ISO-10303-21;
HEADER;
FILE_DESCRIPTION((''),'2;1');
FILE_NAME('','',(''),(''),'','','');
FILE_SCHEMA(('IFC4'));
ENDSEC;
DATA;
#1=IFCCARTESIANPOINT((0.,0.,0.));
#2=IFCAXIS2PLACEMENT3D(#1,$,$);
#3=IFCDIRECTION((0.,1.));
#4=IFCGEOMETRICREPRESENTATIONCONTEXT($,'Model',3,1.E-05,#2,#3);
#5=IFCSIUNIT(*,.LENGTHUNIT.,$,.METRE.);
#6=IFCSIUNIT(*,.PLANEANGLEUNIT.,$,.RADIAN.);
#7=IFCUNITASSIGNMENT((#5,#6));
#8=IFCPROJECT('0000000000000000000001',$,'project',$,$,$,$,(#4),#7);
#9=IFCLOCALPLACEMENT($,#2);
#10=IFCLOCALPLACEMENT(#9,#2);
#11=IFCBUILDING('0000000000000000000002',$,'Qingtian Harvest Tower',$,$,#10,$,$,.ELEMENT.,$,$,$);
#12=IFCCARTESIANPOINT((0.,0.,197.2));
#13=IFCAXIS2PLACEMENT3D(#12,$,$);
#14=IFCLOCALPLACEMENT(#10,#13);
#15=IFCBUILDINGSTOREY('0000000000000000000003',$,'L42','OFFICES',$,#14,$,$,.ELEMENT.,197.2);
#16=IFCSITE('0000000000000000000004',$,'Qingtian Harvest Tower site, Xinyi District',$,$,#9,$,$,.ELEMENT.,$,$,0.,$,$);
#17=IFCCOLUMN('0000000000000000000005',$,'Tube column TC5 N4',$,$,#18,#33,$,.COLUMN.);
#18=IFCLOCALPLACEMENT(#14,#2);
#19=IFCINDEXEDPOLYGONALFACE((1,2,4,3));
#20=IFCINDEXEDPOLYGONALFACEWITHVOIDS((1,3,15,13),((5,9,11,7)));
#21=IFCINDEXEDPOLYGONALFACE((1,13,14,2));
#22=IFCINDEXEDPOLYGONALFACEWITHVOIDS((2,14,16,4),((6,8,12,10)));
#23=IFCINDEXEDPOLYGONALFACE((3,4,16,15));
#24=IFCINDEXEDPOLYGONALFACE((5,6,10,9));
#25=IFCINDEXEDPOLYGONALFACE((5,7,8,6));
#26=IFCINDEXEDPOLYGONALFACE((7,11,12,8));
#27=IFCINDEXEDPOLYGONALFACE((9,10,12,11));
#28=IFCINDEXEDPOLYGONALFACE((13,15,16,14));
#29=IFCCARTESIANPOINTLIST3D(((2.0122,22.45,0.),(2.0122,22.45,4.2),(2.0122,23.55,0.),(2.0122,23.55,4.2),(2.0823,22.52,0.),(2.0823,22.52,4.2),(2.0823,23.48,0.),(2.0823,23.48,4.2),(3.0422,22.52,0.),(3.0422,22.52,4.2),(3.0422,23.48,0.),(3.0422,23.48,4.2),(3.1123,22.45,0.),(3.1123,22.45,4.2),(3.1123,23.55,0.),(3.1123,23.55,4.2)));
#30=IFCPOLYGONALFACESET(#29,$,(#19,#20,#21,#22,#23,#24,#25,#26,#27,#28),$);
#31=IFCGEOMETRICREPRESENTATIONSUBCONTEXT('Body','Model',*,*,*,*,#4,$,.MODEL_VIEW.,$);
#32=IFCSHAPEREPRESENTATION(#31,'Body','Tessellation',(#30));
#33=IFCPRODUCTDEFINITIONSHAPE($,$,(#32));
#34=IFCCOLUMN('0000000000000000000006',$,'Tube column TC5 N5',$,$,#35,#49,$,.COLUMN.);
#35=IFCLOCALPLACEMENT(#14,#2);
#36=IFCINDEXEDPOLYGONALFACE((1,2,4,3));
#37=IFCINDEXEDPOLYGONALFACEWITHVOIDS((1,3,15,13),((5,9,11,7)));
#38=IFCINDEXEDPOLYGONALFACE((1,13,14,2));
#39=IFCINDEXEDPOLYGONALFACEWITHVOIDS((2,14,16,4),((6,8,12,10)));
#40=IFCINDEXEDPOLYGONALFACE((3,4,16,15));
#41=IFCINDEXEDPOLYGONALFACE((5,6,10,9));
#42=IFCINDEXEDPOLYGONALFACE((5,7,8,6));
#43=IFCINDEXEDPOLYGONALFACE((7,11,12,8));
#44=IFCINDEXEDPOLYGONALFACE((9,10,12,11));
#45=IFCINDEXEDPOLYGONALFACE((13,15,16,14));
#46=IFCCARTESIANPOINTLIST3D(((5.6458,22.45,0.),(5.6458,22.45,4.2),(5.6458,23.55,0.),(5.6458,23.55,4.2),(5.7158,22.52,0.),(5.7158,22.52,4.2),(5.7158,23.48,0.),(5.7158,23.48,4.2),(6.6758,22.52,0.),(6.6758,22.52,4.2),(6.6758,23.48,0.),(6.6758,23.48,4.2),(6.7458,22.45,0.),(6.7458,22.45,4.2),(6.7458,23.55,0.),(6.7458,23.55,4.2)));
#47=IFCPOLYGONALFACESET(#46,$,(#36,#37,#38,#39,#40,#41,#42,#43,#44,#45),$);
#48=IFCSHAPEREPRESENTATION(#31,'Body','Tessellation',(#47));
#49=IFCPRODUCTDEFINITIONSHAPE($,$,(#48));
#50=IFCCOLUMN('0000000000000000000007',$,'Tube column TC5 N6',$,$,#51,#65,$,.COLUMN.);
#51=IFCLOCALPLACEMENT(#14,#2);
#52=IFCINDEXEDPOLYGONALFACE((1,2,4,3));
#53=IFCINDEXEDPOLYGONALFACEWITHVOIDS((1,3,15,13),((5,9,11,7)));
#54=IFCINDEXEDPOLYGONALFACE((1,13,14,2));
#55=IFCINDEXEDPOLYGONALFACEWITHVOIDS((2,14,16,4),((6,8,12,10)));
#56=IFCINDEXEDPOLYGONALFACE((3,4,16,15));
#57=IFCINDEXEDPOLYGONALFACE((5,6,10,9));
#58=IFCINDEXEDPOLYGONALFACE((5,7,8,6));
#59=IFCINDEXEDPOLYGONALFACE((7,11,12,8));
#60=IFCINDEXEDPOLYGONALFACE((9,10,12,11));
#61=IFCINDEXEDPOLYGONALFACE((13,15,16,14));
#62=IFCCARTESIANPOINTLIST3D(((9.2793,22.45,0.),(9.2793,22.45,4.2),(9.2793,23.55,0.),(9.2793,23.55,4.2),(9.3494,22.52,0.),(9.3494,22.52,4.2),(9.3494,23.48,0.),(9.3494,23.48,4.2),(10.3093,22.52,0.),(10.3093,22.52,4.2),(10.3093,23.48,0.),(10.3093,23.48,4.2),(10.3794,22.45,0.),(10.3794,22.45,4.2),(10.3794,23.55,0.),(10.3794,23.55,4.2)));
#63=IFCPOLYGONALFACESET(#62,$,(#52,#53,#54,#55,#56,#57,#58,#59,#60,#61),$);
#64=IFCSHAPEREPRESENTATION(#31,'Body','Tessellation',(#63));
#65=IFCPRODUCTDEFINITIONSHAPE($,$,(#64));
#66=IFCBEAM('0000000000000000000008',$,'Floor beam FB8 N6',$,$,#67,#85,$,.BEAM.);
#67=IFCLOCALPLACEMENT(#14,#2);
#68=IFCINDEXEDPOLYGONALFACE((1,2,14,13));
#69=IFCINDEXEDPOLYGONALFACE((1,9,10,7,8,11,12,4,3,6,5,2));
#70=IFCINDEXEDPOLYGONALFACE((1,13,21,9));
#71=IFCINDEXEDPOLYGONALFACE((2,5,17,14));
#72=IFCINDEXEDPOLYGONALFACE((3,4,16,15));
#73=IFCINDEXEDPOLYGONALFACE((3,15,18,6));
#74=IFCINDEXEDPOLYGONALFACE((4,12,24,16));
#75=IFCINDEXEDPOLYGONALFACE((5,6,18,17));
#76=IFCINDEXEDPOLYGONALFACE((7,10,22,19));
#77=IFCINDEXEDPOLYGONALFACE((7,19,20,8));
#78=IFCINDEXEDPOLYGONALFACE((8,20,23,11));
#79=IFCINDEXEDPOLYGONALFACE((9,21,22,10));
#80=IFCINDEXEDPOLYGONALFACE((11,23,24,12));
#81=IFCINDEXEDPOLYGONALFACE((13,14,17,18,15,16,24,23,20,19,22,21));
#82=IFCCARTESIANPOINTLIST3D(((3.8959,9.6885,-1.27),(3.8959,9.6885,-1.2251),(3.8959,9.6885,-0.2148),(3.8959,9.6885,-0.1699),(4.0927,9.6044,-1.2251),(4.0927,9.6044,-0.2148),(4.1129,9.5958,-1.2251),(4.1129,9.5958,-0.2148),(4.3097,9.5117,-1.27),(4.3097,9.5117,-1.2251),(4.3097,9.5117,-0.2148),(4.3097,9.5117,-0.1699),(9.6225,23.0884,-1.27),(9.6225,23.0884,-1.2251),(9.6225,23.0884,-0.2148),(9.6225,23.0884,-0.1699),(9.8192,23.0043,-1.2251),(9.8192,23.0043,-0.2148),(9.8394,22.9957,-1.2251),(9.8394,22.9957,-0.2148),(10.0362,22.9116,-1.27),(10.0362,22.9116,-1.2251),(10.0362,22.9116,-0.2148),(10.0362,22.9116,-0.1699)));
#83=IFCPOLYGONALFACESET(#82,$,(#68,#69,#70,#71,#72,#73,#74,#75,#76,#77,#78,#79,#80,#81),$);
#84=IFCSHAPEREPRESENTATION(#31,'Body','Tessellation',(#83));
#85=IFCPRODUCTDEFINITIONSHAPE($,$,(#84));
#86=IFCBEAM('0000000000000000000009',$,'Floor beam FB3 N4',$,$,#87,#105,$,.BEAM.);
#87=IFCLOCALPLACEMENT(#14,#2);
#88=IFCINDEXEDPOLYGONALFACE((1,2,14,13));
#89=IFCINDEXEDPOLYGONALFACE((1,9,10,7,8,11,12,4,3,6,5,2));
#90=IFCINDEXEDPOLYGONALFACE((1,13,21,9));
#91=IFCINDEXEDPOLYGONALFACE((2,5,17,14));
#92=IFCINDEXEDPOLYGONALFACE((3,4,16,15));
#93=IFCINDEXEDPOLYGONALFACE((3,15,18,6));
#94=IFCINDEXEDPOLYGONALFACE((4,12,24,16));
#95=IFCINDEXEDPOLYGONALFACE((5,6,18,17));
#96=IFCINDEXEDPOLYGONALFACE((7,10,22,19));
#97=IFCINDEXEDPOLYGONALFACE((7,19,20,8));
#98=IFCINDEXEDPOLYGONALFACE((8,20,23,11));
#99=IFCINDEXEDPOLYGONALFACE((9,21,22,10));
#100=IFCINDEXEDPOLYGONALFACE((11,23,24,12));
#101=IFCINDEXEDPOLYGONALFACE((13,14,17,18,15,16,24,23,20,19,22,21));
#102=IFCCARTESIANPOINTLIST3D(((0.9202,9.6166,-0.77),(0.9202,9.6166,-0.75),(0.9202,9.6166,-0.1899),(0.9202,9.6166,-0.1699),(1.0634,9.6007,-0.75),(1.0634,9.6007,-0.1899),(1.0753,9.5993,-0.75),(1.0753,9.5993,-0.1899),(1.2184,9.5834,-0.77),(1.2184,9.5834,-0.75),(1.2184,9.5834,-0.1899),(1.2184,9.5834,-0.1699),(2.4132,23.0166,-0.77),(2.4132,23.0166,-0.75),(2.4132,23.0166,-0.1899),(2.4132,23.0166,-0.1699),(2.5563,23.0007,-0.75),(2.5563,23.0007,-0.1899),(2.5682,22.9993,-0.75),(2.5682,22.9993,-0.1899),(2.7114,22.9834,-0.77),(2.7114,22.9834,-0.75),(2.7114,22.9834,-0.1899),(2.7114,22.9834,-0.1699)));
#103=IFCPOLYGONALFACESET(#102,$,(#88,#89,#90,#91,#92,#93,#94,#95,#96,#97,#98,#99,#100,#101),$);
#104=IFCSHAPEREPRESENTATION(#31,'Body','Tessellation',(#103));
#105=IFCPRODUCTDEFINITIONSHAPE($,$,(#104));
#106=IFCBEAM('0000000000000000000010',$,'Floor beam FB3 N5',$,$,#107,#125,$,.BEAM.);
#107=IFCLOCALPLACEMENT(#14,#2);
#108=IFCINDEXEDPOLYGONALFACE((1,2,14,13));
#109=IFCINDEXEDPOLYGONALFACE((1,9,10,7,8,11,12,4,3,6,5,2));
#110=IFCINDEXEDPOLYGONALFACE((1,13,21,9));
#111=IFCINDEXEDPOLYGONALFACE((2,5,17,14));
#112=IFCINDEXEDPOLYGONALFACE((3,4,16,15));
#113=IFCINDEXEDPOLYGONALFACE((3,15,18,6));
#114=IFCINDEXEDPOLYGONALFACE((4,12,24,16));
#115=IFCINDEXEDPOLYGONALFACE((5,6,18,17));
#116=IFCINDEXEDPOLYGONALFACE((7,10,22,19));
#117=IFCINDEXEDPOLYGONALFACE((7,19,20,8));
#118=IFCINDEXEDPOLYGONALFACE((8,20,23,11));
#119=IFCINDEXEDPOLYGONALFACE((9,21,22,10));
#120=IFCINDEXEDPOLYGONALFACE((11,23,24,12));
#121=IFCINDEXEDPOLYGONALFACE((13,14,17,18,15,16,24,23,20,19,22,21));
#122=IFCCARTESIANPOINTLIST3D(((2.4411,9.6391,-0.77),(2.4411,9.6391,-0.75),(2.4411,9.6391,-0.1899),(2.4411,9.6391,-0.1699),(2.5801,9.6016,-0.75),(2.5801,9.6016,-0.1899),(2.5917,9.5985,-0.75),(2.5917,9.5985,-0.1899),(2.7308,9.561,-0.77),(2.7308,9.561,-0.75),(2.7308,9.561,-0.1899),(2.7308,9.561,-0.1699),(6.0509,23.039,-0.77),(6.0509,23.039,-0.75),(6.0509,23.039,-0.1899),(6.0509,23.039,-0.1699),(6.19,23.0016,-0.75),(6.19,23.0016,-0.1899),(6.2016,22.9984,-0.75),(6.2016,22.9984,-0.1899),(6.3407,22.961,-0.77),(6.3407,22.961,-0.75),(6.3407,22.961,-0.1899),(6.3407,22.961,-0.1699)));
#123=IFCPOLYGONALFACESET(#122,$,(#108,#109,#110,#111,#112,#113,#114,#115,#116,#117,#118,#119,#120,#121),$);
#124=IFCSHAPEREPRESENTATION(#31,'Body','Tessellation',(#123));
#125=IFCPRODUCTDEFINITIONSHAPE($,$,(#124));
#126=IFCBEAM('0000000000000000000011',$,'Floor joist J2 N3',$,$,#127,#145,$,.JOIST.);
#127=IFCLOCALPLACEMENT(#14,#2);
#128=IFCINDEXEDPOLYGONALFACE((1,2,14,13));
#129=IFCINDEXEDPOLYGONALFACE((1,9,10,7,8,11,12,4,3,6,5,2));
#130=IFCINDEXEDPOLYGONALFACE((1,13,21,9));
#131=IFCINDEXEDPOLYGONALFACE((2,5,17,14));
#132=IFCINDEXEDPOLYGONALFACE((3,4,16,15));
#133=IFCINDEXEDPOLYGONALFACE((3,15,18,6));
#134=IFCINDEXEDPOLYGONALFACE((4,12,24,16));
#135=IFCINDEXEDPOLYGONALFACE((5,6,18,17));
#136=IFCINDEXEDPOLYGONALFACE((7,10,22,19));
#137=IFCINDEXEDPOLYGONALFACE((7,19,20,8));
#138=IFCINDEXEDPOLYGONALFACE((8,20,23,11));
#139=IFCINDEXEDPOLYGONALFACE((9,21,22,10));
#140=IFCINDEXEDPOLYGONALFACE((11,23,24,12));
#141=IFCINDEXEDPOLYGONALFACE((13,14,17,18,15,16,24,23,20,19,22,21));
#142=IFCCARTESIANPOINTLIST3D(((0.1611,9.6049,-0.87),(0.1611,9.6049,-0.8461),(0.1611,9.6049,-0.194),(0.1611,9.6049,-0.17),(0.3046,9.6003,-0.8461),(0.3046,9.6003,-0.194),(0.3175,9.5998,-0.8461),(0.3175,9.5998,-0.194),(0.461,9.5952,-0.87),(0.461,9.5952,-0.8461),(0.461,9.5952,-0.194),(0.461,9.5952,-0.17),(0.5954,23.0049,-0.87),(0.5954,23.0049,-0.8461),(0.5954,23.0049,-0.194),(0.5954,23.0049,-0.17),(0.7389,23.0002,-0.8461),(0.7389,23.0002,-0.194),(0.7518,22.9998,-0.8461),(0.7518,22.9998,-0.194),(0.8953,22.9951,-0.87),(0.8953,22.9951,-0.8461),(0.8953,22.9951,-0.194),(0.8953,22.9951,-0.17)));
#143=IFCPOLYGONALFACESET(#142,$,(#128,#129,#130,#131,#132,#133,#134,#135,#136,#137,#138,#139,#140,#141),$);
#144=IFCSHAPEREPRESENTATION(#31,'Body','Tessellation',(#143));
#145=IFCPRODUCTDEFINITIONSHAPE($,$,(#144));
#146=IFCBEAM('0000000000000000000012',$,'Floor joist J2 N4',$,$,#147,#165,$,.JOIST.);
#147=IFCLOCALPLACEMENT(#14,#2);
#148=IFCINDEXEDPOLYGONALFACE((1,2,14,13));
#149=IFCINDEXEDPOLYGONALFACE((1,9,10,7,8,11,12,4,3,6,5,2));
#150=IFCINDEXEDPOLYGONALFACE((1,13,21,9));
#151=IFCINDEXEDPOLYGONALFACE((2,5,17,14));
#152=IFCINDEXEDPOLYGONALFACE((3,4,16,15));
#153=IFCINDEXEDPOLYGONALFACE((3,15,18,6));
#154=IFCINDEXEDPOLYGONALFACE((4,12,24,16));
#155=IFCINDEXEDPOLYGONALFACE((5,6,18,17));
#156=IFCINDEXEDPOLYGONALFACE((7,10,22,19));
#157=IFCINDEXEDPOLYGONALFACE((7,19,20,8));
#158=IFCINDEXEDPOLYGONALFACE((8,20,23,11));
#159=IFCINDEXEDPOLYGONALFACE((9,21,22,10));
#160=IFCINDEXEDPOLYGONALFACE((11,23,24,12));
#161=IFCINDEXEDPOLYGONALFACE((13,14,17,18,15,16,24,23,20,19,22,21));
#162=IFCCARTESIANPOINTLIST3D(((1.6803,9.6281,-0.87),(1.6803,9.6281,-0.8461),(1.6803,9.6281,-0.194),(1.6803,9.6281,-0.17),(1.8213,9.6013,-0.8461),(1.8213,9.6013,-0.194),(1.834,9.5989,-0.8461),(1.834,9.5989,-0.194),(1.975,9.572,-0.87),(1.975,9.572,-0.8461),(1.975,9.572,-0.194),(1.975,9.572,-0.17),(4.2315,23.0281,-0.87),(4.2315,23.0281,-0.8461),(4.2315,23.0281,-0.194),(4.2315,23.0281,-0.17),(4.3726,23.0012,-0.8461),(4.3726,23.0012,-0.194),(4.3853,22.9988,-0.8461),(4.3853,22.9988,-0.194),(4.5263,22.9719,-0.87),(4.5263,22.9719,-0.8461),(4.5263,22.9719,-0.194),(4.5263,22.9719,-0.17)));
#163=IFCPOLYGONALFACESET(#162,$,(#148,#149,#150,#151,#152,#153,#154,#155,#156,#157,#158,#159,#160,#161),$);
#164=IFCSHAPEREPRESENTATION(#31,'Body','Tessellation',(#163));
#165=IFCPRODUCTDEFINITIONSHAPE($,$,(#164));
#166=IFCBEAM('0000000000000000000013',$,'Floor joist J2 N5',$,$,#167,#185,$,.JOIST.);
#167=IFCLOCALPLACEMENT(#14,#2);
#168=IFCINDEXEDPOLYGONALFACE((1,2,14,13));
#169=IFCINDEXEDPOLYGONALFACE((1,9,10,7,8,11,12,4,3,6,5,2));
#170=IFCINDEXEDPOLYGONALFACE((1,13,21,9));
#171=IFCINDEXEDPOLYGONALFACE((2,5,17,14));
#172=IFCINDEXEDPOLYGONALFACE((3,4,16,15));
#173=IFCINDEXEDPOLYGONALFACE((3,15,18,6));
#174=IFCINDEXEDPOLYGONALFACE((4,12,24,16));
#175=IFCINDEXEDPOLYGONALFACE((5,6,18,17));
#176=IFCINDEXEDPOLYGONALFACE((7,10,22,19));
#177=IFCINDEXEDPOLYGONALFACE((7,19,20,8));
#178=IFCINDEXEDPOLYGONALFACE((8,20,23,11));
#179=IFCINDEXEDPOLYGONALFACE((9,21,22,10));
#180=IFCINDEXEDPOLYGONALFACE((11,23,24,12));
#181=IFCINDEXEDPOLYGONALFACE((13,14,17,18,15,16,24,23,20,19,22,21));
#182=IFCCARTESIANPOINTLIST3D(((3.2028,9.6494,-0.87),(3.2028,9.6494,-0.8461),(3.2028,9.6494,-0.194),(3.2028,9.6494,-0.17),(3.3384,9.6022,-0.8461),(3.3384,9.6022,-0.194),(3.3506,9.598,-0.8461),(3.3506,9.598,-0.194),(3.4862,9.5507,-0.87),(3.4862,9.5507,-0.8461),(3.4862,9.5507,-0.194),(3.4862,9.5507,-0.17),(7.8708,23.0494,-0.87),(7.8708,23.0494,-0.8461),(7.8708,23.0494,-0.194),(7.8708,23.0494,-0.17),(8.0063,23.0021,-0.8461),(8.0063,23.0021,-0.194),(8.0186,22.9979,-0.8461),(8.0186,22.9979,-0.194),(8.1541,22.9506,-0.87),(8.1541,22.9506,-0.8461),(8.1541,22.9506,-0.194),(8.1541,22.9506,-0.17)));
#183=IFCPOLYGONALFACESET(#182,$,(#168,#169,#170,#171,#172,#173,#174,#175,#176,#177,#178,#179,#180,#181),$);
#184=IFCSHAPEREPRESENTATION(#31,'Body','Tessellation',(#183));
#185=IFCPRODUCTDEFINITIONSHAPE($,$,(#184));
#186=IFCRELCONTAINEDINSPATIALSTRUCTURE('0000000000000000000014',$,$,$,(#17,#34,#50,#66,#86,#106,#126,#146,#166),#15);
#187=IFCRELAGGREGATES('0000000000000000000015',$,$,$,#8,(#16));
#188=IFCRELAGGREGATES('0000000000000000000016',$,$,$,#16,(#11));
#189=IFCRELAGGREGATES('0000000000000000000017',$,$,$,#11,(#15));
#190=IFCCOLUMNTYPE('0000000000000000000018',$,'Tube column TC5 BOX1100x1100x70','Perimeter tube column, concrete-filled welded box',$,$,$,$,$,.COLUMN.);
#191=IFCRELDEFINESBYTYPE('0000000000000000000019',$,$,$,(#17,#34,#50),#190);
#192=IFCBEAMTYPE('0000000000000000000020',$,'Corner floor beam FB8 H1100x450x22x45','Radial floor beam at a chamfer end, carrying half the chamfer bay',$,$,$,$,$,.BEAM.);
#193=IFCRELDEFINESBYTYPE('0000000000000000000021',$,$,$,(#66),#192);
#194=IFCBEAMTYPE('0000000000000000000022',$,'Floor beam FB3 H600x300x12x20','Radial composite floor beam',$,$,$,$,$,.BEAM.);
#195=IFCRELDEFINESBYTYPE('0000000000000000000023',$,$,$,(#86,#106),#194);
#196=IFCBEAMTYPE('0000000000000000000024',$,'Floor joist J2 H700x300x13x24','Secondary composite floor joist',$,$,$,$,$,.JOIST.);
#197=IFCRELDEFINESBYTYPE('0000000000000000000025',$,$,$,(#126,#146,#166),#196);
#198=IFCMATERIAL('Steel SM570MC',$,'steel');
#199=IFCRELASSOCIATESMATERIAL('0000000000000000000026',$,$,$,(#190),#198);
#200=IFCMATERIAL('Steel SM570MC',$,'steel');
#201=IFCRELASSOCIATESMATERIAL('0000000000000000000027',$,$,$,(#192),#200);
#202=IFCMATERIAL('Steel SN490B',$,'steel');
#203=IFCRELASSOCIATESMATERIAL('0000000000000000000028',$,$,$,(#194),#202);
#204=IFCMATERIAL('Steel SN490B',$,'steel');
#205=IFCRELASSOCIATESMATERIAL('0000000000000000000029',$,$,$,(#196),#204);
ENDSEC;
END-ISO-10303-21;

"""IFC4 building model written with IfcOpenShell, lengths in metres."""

from ifc_helpers import new_model, si_unit, direction, frame, origin, origin_2d, place, context, subcontext, project, spatial, hollow_rectangle, i_section, extrude, material, material_profile, profile_set, type_object, element, save


model = new_model("IFC4")

# Units and contexts
model_context = context("Model", 3, precision=1e-05, world=origin(), true_north=direction((0.0, 1.0)))
body_context = subcontext(model_context, "Body", "Model", "MODEL_VIEW")
ifc_project = project(units=[si_unit("LENGTHUNIT", "METRE"), si_unit("PLANEANGLEUNIT", "RADIAN")], contexts=[model_context])

# Site, building, storey
site_placement = place(None, origin())
site = spatial("IfcSite", under=ifc_project, at=site_placement, Name="Qingtian Harvest Tower site, Xinyi District", CompositionType="ELEMENT", RefElevation=0.0)
building_placement = place(site_placement, origin())
building = spatial("IfcBuilding", under=site, at=building_placement, Name="Qingtian Harvest Tower", CompositionType="ELEMENT")
storey_placement = place(building_placement, frame((0.0, 0.0, 197.2)))
storey = spatial("IfcBuildingStorey", under=building, at=storey_placement, Name="L42", Description="OFFICES", CompositionType="ELEMENT", Elevation=197.2)

# Columns
ifc_material_1 = material(Name="Steel SM570MC", Category="steel")
ifc_material_profile_1 = material_profile(ifc_material_1, hollow_rectangle(XDim=1.1001, YDim=1.1001, WallThickness=0.0701, at=origin_2d()), Name="BOX1100x1100x70")
ifc_profile_set_1 = profile_set([ifc_material_profile_1], Name="Steel SM570MC")
column_type = type_object("IfcColumnType", Name="Tube column TC5 BOX1100x1100x70", Description="Perimeter tube column, concrete-filled welded box", PredefinedType="COLUMN", material=ifc_profile_set_1)
for number, where, z_axis, x_axis, name in (
    (1, (2.5623, 23.0, 0.0), (0.0, 0.0, 1.0), (-1.0, 0.0, 0.0), "Tube column TC5 N4"),
    (2, (6.1958, 23.0, 0.0), (0.0, 0.0, 1.0), (-1.0, 0.0, 0.0), "Tube column TC5 N5"),
    (3, (9.8293, 23.0, 0.0), (0.0, 0.0, 1.0), (-1.0, 0.0, 0.0), "Tube column TC5 N6"),
):
    element("IfcColumn", number, at=place(storey_placement, frame(where, z_axis=z_axis, x_axis=x_axis)), inside=storey, type_object=column_type, Name=name, PredefinedType="COLUMN", context=body_context, shape_type="SweptSolid", body=[
        extrude(hollow_rectangle(XDim=1.1001, YDim=1.1001, WallThickness=0.0701, at=origin_2d()), origin(), (0.0, 0.0, 1.0), 4.2),
    ])

# Beams
ifc_material_2 = material(Name="Steel SM570MC", Category="steel")
ifc_material_profile_2 = material_profile(ifc_material_2, i_section(OverallWidth=0.45, OverallDepth=1.1001, WebThickness=0.022, FlangeThickness=0.0449, at=origin_2d()), Name="H1100x450x22x45")
ifc_profile_set_2 = profile_set([ifc_material_profile_2], Name="Steel SM570MC")
beam_type_1 = type_object("IfcBeamType", Name="Corner floor beam FB8 H1100x450x22x45", Description="Radial floor beam at a chamfer end, carrying half the chamfer bay", PredefinedType="BEAM", material=ifc_profile_set_2)
beam_1_placement = place(storey_placement, frame((9.8293, 23.0, -0.72), z_axis=(-0.392977, -0.919548, 0.0), x_axis=(0.919548, -0.392977, 0.0)))
element("IfcBeam", 4, at=beam_1_placement, inside=storey, type_object=beam_type_1, Name="Floor beam FB8 N6", PredefinedType="BEAM", context=body_context, shape_type="SweptSolid", body=[
    extrude(i_section(OverallWidth=0.45, OverallDepth=1.1001, WebThickness=0.022, FlangeThickness=0.0449, at=origin_2d()), origin(), (0.0, 0.0, 1.0), 14.5723),
])
ifc_material_3 = material(Name="Steel SN490B", Category="steel")
ifc_material_profile_3 = material_profile(ifc_material_3, i_section(OverallWidth=0.3, OverallDepth=0.6001, WebThickness=0.012, FlangeThickness=0.02, at=origin_2d()), Name="H600x300x12x20")
ifc_profile_set_3 = profile_set([ifc_material_profile_3], Name="Steel SN490B")
beam_type_2 = type_object("IfcBeamType", Name="Floor beam FB3 H600x300x12x20", Description="Radial composite floor beam", PredefinedType="BEAM", material=ifc_profile_set_3)
beam_2_placement = place(storey_placement, frame((2.5623, 23.0, -0.47), z_axis=(-0.110728, -0.993851, 0.0), x_axis=(0.993851, -0.110728, 0.0)))
element("IfcBeam", 5, at=beam_2_placement, inside=storey, type_object=beam_type_2, Name="Floor beam FB3 N4", PredefinedType="BEAM", context=body_context, shape_type="SweptSolid", body=[
    extrude(i_section(OverallWidth=0.3, OverallDepth=0.6001, WebThickness=0.012, FlangeThickness=0.02, at=origin_2d()), origin(), (0.0, 0.0, 1.0), 13.4829),
])
beam_3_placement = place(storey_placement, frame((6.1958, 23.0, -0.47), z_axis=(-0.260121, -0.965576, 0.0), x_axis=(0.965576, -0.260121, 0.0)))
element("IfcBeam", 6, at=beam_3_placement, inside=storey, type_object=beam_type_2, Name="Floor beam FB3 N5", PredefinedType="BEAM", context=body_context, shape_type="SweptSolid", body=[
    extrude(i_section(OverallWidth=0.3, OverallDepth=0.6001, WebThickness=0.012, FlangeThickness=0.02, at=origin_2d()), origin(), (0.0, 0.0, 1.0), 13.8777),
])
ifc_material_4 = material(Name="Steel SN490B", Category="steel")
ifc_material_profile_4 = material_profile(ifc_material_4, i_section(OverallWidth=0.3, OverallDepth=0.7, WebThickness=0.0129, FlangeThickness=0.0239, at=origin_2d()), Name="H700x300x13x24")
ifc_profile_set_4 = profile_set([ifc_material_profile_4], Name="Steel SN490B")
beam_type_3 = type_object("IfcBeamType", Name="Floor joist J2 H700x300x13x24", Description="Secondary composite floor joist", PredefinedType="JOIST", material=ifc_profile_set_4)
beam_4_placement = place(storey_placement, frame((0.7454, 23.0, -0.52), z_axis=(-0.032396, -0.999475, 0.0), x_axis=(0.999475, -0.032396, 0.0)))
element("IfcBeam", 7, at=beam_4_placement, inside=storey, type_object=beam_type_3, Name="Floor joist J2 N3", PredefinedType="JOIST", context=body_context, shape_type="SweptSolid", body=[
    extrude(i_section(OverallWidth=0.3, OverallDepth=0.7, WebThickness=0.0129, FlangeThickness=0.0239, at=origin_2d()), origin(), (0.0, 0.0, 1.0), 13.407),
])
beam_5_placement = place(storey_placement, frame((4.3789, 23.0, -0.52), z_axis=(-0.187035, -0.982353, 0.0), x_axis=(0.982353, -0.187035, 0.0)))
element("IfcBeam", 8, at=beam_5_placement, inside=storey, type_object=beam_type_3, Name="Floor joist J2 N4", PredefinedType="JOIST", context=body_context, shape_type="SweptSolid", body=[
    extrude(i_section(OverallWidth=0.3, OverallDepth=0.7, WebThickness=0.0129, FlangeThickness=0.0239, at=origin_2d()), origin(), (0.0, 0.0, 1.0), 13.6406),
])
beam_6_placement = place(storey_placement, frame((8.0125, 23.0, -0.52), z_axis=(-0.328969, -0.944341, 0.0), x_axis=(0.944341, -0.328969, 0.0)))
element("IfcBeam", 9, at=beam_6_placement, inside=storey, type_object=beam_type_3, Name="Floor joist J2 N5", PredefinedType="JOIST", context=body_context, shape_type="SweptSolid", body=[
    extrude(i_section(OverallWidth=0.3, OverallDepth=0.7, WebThickness=0.0129, FlangeThickness=0.0239, at=origin_2d()), origin(), (0.0, 0.0, 1.0), 14.1897),
])

save(model, "model.ifc")
